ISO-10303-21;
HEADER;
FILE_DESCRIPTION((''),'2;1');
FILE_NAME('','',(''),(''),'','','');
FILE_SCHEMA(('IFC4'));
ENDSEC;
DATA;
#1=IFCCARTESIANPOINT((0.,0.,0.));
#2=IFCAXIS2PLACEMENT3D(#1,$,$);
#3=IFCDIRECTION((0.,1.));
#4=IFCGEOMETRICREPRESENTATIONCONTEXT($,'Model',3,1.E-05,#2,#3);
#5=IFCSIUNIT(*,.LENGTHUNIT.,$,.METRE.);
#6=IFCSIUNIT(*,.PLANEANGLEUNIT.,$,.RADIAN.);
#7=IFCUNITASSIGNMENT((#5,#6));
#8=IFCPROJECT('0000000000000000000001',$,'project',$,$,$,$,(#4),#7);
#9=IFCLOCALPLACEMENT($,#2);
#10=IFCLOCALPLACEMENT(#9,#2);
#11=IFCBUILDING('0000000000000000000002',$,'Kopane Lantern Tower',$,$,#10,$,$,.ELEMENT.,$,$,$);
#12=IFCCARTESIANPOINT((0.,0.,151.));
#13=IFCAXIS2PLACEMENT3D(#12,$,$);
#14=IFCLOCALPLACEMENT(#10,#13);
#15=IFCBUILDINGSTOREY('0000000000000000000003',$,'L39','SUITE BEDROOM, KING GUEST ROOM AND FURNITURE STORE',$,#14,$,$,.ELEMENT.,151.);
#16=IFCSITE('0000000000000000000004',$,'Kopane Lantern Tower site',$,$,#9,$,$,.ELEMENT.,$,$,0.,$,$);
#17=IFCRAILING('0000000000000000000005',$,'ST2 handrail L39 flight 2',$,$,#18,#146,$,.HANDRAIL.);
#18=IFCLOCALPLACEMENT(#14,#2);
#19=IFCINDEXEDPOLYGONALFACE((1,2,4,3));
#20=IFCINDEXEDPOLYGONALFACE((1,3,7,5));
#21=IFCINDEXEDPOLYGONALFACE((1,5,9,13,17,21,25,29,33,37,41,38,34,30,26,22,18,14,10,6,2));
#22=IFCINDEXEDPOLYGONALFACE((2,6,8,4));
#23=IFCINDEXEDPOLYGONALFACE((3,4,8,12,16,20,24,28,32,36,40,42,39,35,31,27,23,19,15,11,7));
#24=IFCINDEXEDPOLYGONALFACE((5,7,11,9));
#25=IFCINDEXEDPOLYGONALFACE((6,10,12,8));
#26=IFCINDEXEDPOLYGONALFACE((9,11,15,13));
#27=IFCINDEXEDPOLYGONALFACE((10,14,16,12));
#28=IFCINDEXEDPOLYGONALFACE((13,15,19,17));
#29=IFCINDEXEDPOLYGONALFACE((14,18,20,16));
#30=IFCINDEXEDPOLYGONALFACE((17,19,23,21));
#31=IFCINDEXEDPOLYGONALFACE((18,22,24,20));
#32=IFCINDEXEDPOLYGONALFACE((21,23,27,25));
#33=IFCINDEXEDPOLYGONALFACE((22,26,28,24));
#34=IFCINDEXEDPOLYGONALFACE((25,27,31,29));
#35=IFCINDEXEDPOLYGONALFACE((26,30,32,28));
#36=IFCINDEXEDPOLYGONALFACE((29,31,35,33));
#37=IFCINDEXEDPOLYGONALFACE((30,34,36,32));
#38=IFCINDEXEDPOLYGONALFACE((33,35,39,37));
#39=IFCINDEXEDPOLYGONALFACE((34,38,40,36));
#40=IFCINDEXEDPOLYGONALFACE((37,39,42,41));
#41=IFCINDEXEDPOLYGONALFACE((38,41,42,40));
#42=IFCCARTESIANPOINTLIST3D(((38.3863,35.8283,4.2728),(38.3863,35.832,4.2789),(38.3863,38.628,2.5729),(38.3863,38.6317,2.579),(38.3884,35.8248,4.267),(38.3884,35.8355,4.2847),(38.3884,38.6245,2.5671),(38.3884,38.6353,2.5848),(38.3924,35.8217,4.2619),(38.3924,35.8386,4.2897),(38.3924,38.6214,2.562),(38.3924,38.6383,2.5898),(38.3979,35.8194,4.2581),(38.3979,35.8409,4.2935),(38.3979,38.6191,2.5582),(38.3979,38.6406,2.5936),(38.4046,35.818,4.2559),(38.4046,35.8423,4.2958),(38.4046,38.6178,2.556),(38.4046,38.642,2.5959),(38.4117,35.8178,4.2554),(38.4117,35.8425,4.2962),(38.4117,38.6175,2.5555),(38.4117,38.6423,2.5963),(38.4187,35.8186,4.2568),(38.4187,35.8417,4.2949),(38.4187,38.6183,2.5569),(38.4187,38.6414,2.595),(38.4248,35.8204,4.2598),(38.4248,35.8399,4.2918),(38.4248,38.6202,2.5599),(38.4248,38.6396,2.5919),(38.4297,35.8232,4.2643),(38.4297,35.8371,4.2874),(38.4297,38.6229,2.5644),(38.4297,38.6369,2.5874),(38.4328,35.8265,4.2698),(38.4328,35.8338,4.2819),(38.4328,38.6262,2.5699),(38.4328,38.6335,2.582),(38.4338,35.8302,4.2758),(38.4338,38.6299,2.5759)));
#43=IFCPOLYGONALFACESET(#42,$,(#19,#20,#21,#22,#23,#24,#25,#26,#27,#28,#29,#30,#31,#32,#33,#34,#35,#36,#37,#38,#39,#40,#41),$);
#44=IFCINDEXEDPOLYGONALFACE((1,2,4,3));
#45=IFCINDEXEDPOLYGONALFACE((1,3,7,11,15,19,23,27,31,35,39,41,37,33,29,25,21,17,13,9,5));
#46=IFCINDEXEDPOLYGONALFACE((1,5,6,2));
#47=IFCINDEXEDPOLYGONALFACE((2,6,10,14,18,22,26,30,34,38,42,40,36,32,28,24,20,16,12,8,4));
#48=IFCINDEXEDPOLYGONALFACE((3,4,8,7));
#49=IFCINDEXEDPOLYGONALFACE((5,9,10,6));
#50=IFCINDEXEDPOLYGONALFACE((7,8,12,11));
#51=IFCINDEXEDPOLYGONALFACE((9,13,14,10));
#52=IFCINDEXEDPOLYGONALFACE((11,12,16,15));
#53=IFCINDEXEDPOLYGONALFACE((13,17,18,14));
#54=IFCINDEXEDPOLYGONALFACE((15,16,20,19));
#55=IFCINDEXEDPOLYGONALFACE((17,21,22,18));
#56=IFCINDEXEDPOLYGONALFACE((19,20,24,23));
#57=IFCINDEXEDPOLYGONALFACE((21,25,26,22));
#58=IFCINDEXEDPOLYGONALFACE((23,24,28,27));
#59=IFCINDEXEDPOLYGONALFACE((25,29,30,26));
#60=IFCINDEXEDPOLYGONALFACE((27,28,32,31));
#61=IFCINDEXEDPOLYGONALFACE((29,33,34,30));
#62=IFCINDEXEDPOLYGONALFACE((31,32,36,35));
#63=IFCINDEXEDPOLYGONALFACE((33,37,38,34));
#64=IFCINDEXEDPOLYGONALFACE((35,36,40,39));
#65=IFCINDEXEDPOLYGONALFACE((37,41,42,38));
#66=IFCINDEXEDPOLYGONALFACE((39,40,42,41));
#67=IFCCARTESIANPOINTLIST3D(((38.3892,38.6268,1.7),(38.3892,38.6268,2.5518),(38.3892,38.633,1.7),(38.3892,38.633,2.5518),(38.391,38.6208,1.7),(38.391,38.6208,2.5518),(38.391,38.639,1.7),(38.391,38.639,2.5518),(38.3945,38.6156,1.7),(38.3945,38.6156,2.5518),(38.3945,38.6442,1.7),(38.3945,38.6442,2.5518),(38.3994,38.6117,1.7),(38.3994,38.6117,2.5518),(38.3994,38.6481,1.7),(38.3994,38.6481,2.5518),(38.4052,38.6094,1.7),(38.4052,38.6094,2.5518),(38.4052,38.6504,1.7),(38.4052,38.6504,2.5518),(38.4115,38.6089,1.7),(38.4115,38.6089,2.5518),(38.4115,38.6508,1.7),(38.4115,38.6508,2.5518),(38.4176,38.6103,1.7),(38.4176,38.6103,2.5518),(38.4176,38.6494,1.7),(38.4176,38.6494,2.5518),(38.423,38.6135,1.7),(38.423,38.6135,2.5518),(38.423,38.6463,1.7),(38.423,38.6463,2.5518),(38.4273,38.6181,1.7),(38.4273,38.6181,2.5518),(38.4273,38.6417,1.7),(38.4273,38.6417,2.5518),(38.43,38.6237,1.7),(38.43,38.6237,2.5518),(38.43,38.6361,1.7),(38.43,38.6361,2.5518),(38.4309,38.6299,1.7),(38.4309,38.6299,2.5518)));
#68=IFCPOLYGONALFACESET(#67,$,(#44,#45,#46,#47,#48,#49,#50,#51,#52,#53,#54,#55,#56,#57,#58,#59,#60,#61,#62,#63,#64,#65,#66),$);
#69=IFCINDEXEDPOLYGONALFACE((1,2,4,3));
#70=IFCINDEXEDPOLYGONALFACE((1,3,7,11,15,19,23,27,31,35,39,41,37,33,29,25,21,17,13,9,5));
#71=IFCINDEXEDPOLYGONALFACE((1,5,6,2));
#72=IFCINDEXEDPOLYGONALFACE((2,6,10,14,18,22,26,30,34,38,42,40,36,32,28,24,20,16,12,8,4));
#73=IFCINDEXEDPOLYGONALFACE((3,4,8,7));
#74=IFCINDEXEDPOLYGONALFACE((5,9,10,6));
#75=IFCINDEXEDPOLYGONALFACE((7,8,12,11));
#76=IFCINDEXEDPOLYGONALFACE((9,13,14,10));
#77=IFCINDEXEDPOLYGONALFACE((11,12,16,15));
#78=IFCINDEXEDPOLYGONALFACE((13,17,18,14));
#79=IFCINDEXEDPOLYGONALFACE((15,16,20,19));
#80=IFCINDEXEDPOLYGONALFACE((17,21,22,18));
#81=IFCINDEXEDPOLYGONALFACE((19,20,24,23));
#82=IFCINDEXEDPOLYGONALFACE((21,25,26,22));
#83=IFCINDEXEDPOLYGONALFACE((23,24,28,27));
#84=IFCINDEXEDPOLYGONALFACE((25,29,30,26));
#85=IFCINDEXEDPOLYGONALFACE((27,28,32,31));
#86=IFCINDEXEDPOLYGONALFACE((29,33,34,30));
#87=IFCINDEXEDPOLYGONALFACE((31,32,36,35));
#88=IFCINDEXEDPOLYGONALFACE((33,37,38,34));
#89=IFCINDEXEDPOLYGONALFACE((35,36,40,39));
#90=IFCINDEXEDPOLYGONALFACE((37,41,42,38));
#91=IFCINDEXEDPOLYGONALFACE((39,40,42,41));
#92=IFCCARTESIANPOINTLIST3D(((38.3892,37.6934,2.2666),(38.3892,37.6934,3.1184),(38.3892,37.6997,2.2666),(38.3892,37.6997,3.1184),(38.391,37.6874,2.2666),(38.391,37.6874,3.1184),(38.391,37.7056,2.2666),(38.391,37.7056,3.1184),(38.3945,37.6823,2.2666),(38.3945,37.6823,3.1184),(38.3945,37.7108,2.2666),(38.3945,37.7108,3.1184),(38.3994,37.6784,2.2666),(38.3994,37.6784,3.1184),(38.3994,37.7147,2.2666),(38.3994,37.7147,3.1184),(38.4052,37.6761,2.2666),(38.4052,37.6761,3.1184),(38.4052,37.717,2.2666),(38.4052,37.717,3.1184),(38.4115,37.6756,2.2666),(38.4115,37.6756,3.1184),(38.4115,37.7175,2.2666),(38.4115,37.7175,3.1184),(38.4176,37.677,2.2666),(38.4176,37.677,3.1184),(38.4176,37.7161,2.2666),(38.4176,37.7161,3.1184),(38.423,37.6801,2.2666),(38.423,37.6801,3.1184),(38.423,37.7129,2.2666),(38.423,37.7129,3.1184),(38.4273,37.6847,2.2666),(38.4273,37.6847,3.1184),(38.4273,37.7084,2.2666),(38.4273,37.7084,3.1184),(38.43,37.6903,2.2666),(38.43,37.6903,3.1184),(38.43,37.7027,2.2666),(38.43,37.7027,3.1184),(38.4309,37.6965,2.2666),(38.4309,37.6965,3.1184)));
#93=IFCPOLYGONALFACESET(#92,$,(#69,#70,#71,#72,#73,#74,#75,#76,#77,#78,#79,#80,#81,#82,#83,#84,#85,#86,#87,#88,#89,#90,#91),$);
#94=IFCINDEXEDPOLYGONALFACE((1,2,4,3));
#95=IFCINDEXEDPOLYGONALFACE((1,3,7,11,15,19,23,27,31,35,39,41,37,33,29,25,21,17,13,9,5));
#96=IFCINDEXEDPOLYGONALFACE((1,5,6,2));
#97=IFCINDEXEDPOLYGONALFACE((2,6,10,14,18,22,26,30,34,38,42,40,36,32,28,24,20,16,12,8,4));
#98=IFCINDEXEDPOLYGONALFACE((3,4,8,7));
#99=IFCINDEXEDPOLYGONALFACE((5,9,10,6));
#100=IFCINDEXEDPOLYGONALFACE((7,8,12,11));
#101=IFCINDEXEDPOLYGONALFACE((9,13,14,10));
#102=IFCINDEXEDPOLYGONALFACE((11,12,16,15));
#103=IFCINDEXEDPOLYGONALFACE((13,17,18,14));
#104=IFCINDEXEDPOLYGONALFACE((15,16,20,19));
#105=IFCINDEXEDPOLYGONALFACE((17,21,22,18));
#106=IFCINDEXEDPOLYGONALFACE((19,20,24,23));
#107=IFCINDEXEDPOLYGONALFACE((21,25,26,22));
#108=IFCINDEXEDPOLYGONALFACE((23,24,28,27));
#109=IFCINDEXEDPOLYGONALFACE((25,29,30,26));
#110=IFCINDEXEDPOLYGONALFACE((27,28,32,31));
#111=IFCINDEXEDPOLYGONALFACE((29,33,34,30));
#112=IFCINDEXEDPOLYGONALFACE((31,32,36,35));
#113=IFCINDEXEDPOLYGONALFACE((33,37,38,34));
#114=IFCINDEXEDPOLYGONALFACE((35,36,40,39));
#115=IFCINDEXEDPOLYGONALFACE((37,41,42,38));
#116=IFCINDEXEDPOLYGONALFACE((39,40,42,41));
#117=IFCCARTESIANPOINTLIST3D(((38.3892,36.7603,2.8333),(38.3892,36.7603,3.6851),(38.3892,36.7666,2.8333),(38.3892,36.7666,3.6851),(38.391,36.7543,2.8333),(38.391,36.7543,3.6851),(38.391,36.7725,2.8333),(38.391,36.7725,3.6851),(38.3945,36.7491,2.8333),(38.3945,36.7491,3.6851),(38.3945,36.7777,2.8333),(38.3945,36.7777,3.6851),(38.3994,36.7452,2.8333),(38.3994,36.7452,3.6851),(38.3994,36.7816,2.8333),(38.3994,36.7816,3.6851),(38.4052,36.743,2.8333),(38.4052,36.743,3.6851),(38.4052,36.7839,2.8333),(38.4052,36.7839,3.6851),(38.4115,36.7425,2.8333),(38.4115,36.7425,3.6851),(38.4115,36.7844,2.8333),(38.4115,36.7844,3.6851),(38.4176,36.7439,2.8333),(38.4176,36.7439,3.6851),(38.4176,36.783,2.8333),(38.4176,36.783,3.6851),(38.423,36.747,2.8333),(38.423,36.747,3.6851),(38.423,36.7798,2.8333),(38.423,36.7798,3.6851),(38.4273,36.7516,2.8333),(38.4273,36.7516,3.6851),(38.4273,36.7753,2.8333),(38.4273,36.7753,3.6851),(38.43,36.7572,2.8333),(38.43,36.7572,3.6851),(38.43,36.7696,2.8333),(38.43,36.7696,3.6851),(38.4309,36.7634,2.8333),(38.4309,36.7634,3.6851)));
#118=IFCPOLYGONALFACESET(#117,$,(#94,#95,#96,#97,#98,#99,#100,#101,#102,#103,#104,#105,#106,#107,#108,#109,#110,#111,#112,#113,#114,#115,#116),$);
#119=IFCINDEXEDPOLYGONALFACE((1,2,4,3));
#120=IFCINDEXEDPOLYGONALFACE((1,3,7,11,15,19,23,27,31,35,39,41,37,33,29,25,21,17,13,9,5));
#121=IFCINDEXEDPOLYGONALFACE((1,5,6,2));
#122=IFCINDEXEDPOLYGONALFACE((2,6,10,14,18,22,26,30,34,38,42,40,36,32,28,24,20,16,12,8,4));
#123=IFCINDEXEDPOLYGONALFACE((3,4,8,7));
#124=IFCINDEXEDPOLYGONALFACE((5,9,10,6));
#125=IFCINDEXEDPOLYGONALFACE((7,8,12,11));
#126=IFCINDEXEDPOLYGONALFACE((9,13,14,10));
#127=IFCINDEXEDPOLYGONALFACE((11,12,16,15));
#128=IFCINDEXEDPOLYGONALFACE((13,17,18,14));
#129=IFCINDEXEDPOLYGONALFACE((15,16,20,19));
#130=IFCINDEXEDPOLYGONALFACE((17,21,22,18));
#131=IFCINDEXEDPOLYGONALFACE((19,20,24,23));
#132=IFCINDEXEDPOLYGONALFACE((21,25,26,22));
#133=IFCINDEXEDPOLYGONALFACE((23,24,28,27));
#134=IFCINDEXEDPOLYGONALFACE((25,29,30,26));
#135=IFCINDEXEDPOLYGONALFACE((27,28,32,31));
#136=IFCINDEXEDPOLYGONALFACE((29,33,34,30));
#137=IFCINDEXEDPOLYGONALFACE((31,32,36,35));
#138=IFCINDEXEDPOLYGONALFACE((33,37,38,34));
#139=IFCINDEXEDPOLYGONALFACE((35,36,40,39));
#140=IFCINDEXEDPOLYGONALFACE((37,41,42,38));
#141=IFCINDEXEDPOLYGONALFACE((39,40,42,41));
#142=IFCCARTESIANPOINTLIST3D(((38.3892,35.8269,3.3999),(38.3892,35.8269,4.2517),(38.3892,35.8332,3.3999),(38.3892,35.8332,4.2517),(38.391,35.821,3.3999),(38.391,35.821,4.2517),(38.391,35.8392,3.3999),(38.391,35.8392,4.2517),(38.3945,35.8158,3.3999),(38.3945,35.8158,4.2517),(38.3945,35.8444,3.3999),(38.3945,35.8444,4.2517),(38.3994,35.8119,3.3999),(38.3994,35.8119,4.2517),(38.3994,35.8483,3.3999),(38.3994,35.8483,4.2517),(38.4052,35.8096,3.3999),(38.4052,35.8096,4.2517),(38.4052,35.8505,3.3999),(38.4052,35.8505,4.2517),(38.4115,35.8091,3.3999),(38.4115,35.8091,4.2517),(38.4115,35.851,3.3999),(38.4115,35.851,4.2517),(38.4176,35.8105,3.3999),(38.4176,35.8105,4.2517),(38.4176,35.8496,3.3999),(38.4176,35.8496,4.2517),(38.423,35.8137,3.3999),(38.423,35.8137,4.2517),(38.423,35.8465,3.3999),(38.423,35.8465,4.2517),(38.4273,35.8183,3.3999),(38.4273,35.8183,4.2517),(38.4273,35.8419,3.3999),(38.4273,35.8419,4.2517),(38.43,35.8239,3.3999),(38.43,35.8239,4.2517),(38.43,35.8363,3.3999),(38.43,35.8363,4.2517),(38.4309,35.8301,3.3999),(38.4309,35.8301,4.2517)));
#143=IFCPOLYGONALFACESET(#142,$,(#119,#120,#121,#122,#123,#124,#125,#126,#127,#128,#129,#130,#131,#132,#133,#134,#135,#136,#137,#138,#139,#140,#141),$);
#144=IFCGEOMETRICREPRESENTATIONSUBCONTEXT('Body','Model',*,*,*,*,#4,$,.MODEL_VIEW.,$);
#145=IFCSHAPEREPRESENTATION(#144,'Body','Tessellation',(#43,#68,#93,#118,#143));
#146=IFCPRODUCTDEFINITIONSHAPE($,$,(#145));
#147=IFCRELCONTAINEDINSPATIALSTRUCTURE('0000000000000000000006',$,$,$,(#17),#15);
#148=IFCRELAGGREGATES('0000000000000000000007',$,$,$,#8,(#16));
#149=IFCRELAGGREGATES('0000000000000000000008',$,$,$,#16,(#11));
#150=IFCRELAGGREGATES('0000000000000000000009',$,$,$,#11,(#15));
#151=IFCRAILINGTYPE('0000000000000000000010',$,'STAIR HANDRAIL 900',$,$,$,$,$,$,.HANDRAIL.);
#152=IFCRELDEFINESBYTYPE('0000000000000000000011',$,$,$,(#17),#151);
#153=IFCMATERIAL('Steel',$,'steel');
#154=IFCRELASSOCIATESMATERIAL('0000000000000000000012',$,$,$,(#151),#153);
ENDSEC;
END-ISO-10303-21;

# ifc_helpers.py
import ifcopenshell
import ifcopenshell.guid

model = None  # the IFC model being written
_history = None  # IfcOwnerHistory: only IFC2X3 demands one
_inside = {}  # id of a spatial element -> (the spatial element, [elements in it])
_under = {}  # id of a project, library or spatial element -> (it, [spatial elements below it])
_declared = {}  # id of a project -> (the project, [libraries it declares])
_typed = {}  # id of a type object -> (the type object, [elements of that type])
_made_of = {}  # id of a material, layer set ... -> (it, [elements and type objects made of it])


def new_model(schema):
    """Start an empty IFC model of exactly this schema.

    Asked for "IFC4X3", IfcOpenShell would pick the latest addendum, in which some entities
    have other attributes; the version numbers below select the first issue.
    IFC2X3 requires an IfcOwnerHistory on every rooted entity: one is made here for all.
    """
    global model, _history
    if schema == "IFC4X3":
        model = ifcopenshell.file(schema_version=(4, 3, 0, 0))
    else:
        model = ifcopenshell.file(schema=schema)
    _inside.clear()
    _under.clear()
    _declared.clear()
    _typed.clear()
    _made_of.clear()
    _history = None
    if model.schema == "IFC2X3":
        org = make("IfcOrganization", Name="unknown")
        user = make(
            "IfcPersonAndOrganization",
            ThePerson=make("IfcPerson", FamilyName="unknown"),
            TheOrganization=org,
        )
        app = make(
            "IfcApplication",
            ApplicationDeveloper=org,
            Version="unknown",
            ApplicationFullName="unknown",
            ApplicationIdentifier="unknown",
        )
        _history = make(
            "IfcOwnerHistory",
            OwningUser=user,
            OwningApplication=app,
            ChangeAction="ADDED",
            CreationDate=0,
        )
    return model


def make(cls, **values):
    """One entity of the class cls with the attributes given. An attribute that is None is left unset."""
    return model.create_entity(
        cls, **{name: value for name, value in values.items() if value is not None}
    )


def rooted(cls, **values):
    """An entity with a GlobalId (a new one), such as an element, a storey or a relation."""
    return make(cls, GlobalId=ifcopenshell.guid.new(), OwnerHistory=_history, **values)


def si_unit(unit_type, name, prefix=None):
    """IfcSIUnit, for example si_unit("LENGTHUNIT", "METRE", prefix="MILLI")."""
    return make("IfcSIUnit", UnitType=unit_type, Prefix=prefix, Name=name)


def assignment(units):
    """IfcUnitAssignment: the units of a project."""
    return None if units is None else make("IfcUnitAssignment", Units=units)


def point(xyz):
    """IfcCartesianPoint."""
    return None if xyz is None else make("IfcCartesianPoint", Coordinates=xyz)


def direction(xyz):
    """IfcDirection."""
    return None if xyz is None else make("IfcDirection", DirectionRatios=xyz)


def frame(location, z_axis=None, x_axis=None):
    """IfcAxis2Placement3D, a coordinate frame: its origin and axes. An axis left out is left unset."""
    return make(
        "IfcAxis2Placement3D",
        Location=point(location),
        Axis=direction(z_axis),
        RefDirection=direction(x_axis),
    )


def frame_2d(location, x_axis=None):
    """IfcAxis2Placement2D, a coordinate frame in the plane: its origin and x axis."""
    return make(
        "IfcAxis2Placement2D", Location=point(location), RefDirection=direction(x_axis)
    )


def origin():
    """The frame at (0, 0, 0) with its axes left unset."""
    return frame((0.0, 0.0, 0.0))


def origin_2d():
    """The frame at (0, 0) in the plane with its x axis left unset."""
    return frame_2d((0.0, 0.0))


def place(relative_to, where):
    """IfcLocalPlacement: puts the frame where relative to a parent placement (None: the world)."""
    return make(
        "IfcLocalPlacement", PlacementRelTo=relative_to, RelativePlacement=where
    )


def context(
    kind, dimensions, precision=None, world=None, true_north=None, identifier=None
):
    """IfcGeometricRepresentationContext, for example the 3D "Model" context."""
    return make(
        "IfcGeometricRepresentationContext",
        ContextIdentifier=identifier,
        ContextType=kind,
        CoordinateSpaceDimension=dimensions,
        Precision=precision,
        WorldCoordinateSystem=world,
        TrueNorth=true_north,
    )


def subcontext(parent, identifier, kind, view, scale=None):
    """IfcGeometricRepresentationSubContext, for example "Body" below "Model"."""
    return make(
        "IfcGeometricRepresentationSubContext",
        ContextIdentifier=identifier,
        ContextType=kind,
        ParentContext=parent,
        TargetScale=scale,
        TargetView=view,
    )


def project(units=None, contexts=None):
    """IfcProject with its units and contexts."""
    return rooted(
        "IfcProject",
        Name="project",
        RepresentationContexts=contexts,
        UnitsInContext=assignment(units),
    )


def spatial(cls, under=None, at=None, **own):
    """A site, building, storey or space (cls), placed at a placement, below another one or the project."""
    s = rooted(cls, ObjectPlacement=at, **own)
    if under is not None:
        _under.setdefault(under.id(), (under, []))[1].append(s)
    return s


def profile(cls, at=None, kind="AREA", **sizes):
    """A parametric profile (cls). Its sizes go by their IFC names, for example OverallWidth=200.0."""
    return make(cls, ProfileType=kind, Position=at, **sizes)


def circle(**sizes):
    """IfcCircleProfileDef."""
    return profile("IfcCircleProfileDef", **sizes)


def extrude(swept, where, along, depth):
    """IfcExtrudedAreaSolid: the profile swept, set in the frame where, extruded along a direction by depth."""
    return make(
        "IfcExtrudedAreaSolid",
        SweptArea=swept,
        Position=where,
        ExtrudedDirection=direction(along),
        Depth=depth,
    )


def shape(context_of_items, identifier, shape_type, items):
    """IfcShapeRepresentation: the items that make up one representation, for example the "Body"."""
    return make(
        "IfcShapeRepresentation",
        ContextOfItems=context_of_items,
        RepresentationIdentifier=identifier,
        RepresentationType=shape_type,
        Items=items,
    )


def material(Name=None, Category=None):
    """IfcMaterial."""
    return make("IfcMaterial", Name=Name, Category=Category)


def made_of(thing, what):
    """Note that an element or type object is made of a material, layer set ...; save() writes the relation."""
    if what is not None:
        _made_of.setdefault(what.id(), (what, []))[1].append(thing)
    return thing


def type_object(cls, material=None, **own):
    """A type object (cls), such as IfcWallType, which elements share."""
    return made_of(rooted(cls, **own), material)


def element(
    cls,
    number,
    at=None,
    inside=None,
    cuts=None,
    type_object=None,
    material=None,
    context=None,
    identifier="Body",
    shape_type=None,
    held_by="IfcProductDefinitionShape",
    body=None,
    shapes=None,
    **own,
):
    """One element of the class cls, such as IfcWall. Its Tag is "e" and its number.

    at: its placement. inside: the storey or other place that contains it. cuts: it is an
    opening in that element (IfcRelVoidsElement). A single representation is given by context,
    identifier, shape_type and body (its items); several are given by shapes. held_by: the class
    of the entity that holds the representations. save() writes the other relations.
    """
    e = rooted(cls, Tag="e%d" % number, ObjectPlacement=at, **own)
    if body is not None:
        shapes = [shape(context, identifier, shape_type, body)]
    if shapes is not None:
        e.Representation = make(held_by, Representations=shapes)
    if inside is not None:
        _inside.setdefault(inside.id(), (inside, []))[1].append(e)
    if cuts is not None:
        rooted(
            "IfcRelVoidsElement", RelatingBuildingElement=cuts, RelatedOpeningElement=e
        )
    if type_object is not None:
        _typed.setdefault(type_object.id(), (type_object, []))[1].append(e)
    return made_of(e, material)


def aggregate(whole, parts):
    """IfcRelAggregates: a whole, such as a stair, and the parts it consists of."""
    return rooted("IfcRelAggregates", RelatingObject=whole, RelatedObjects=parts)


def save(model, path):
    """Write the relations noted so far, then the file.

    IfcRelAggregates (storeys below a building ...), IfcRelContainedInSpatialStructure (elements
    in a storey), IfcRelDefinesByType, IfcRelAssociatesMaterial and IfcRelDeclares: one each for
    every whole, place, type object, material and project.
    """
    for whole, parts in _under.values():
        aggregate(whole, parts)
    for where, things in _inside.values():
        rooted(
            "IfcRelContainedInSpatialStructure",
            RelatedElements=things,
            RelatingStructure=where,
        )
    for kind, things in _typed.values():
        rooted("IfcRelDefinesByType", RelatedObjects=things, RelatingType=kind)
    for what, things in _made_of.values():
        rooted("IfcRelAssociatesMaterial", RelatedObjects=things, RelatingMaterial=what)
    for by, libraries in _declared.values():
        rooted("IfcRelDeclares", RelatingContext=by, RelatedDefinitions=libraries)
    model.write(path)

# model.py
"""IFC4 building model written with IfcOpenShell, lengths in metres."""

from ifc_helpers import new_model, si_unit, direction, frame, origin, origin_2d, place, context, subcontext, project, spatial, circle, extrude, material, type_object, element, save


model = new_model("IFC4")

# Units and contexts
model_context = context("Model", 3, precision=1e-05, world=origin(), true_north=direction((0.0, 1.0)))
body_context = subcontext(model_context, "Body", "Model", "MODEL_VIEW")
ifc_project = project(units=[si_unit("LENGTHUNIT", "METRE"), si_unit("PLANEANGLEUNIT", "RADIAN")], contexts=[model_context])

# Site, building, storey
site_placement = place(None, origin())
site = spatial("IfcSite", under=ifc_project, at=site_placement, Name="Kopane Lantern Tower site", CompositionType="ELEMENT", RefElevation=0.0)
building_placement = place(site_placement, origin())
building = spatial("IfcBuilding", under=site, at=building_placement, Name="Kopane Lantern Tower", CompositionType="ELEMENT")
storey_placement = place(building_placement, frame((0.0, 0.0, 151.0)))
storey = spatial("IfcBuildingStorey", under=building, at=storey_placement, Name="L39", Description="SUITE BEDROOM, KING GUEST ROOM AND FURNITURE STORE", CompositionType="ELEMENT", Elevation=151.0)

# Railing
ifc_material_1 = material(Name="Steel", Category="steel")
railing_type_1 = type_object("IfcRailingType", Name="STAIR HANDRAIL 900", PredefinedType="HANDRAIL", material=ifc_material_1)
for number, where, name in (
    (1, (38.4099, 38.6299, 1.7), "ST2 handrail L39 flight 2"),
):
    element("IfcRailing", number, at=place(storey_placement, frame(where)), inside=storey, type_object=railing_type_1, Name=name, PredefinedType="HANDRAIL", context=body_context, shape_type="SweptSolid", body=[
        extrude(circle(Radius=0.0239, at=origin_2d()), frame((0.0, 0.0, 0.876), z_axis=(0.0, -0.854778, 0.518994), x_axis=(1.0, 0.0, 0.0)), (0.0, 0.0, 1.0), 3.2754),
        extrude(circle(Radius=0.021, at=origin_2d()), origin(), (0.0, 0.0, 1.0), 0.8518),
        extrude(circle(Radius=0.021, at=origin_2d()), frame((0.0, -0.9333, 0.5667)), (0.0, 0.0, 1.0), 0.8518),
        extrude(circle(Radius=0.021, at=origin_2d()), frame((0.0, -1.8665, 1.1333)), (0.0, 0.0, 1.0), 0.8518),
        extrude(circle(Radius=0.021, at=origin_2d()), frame((0.0, -2.7998, 1.7)), (0.0, 0.0, 1.0), 0.8518),
    ])

save(model, "model.ifc")
